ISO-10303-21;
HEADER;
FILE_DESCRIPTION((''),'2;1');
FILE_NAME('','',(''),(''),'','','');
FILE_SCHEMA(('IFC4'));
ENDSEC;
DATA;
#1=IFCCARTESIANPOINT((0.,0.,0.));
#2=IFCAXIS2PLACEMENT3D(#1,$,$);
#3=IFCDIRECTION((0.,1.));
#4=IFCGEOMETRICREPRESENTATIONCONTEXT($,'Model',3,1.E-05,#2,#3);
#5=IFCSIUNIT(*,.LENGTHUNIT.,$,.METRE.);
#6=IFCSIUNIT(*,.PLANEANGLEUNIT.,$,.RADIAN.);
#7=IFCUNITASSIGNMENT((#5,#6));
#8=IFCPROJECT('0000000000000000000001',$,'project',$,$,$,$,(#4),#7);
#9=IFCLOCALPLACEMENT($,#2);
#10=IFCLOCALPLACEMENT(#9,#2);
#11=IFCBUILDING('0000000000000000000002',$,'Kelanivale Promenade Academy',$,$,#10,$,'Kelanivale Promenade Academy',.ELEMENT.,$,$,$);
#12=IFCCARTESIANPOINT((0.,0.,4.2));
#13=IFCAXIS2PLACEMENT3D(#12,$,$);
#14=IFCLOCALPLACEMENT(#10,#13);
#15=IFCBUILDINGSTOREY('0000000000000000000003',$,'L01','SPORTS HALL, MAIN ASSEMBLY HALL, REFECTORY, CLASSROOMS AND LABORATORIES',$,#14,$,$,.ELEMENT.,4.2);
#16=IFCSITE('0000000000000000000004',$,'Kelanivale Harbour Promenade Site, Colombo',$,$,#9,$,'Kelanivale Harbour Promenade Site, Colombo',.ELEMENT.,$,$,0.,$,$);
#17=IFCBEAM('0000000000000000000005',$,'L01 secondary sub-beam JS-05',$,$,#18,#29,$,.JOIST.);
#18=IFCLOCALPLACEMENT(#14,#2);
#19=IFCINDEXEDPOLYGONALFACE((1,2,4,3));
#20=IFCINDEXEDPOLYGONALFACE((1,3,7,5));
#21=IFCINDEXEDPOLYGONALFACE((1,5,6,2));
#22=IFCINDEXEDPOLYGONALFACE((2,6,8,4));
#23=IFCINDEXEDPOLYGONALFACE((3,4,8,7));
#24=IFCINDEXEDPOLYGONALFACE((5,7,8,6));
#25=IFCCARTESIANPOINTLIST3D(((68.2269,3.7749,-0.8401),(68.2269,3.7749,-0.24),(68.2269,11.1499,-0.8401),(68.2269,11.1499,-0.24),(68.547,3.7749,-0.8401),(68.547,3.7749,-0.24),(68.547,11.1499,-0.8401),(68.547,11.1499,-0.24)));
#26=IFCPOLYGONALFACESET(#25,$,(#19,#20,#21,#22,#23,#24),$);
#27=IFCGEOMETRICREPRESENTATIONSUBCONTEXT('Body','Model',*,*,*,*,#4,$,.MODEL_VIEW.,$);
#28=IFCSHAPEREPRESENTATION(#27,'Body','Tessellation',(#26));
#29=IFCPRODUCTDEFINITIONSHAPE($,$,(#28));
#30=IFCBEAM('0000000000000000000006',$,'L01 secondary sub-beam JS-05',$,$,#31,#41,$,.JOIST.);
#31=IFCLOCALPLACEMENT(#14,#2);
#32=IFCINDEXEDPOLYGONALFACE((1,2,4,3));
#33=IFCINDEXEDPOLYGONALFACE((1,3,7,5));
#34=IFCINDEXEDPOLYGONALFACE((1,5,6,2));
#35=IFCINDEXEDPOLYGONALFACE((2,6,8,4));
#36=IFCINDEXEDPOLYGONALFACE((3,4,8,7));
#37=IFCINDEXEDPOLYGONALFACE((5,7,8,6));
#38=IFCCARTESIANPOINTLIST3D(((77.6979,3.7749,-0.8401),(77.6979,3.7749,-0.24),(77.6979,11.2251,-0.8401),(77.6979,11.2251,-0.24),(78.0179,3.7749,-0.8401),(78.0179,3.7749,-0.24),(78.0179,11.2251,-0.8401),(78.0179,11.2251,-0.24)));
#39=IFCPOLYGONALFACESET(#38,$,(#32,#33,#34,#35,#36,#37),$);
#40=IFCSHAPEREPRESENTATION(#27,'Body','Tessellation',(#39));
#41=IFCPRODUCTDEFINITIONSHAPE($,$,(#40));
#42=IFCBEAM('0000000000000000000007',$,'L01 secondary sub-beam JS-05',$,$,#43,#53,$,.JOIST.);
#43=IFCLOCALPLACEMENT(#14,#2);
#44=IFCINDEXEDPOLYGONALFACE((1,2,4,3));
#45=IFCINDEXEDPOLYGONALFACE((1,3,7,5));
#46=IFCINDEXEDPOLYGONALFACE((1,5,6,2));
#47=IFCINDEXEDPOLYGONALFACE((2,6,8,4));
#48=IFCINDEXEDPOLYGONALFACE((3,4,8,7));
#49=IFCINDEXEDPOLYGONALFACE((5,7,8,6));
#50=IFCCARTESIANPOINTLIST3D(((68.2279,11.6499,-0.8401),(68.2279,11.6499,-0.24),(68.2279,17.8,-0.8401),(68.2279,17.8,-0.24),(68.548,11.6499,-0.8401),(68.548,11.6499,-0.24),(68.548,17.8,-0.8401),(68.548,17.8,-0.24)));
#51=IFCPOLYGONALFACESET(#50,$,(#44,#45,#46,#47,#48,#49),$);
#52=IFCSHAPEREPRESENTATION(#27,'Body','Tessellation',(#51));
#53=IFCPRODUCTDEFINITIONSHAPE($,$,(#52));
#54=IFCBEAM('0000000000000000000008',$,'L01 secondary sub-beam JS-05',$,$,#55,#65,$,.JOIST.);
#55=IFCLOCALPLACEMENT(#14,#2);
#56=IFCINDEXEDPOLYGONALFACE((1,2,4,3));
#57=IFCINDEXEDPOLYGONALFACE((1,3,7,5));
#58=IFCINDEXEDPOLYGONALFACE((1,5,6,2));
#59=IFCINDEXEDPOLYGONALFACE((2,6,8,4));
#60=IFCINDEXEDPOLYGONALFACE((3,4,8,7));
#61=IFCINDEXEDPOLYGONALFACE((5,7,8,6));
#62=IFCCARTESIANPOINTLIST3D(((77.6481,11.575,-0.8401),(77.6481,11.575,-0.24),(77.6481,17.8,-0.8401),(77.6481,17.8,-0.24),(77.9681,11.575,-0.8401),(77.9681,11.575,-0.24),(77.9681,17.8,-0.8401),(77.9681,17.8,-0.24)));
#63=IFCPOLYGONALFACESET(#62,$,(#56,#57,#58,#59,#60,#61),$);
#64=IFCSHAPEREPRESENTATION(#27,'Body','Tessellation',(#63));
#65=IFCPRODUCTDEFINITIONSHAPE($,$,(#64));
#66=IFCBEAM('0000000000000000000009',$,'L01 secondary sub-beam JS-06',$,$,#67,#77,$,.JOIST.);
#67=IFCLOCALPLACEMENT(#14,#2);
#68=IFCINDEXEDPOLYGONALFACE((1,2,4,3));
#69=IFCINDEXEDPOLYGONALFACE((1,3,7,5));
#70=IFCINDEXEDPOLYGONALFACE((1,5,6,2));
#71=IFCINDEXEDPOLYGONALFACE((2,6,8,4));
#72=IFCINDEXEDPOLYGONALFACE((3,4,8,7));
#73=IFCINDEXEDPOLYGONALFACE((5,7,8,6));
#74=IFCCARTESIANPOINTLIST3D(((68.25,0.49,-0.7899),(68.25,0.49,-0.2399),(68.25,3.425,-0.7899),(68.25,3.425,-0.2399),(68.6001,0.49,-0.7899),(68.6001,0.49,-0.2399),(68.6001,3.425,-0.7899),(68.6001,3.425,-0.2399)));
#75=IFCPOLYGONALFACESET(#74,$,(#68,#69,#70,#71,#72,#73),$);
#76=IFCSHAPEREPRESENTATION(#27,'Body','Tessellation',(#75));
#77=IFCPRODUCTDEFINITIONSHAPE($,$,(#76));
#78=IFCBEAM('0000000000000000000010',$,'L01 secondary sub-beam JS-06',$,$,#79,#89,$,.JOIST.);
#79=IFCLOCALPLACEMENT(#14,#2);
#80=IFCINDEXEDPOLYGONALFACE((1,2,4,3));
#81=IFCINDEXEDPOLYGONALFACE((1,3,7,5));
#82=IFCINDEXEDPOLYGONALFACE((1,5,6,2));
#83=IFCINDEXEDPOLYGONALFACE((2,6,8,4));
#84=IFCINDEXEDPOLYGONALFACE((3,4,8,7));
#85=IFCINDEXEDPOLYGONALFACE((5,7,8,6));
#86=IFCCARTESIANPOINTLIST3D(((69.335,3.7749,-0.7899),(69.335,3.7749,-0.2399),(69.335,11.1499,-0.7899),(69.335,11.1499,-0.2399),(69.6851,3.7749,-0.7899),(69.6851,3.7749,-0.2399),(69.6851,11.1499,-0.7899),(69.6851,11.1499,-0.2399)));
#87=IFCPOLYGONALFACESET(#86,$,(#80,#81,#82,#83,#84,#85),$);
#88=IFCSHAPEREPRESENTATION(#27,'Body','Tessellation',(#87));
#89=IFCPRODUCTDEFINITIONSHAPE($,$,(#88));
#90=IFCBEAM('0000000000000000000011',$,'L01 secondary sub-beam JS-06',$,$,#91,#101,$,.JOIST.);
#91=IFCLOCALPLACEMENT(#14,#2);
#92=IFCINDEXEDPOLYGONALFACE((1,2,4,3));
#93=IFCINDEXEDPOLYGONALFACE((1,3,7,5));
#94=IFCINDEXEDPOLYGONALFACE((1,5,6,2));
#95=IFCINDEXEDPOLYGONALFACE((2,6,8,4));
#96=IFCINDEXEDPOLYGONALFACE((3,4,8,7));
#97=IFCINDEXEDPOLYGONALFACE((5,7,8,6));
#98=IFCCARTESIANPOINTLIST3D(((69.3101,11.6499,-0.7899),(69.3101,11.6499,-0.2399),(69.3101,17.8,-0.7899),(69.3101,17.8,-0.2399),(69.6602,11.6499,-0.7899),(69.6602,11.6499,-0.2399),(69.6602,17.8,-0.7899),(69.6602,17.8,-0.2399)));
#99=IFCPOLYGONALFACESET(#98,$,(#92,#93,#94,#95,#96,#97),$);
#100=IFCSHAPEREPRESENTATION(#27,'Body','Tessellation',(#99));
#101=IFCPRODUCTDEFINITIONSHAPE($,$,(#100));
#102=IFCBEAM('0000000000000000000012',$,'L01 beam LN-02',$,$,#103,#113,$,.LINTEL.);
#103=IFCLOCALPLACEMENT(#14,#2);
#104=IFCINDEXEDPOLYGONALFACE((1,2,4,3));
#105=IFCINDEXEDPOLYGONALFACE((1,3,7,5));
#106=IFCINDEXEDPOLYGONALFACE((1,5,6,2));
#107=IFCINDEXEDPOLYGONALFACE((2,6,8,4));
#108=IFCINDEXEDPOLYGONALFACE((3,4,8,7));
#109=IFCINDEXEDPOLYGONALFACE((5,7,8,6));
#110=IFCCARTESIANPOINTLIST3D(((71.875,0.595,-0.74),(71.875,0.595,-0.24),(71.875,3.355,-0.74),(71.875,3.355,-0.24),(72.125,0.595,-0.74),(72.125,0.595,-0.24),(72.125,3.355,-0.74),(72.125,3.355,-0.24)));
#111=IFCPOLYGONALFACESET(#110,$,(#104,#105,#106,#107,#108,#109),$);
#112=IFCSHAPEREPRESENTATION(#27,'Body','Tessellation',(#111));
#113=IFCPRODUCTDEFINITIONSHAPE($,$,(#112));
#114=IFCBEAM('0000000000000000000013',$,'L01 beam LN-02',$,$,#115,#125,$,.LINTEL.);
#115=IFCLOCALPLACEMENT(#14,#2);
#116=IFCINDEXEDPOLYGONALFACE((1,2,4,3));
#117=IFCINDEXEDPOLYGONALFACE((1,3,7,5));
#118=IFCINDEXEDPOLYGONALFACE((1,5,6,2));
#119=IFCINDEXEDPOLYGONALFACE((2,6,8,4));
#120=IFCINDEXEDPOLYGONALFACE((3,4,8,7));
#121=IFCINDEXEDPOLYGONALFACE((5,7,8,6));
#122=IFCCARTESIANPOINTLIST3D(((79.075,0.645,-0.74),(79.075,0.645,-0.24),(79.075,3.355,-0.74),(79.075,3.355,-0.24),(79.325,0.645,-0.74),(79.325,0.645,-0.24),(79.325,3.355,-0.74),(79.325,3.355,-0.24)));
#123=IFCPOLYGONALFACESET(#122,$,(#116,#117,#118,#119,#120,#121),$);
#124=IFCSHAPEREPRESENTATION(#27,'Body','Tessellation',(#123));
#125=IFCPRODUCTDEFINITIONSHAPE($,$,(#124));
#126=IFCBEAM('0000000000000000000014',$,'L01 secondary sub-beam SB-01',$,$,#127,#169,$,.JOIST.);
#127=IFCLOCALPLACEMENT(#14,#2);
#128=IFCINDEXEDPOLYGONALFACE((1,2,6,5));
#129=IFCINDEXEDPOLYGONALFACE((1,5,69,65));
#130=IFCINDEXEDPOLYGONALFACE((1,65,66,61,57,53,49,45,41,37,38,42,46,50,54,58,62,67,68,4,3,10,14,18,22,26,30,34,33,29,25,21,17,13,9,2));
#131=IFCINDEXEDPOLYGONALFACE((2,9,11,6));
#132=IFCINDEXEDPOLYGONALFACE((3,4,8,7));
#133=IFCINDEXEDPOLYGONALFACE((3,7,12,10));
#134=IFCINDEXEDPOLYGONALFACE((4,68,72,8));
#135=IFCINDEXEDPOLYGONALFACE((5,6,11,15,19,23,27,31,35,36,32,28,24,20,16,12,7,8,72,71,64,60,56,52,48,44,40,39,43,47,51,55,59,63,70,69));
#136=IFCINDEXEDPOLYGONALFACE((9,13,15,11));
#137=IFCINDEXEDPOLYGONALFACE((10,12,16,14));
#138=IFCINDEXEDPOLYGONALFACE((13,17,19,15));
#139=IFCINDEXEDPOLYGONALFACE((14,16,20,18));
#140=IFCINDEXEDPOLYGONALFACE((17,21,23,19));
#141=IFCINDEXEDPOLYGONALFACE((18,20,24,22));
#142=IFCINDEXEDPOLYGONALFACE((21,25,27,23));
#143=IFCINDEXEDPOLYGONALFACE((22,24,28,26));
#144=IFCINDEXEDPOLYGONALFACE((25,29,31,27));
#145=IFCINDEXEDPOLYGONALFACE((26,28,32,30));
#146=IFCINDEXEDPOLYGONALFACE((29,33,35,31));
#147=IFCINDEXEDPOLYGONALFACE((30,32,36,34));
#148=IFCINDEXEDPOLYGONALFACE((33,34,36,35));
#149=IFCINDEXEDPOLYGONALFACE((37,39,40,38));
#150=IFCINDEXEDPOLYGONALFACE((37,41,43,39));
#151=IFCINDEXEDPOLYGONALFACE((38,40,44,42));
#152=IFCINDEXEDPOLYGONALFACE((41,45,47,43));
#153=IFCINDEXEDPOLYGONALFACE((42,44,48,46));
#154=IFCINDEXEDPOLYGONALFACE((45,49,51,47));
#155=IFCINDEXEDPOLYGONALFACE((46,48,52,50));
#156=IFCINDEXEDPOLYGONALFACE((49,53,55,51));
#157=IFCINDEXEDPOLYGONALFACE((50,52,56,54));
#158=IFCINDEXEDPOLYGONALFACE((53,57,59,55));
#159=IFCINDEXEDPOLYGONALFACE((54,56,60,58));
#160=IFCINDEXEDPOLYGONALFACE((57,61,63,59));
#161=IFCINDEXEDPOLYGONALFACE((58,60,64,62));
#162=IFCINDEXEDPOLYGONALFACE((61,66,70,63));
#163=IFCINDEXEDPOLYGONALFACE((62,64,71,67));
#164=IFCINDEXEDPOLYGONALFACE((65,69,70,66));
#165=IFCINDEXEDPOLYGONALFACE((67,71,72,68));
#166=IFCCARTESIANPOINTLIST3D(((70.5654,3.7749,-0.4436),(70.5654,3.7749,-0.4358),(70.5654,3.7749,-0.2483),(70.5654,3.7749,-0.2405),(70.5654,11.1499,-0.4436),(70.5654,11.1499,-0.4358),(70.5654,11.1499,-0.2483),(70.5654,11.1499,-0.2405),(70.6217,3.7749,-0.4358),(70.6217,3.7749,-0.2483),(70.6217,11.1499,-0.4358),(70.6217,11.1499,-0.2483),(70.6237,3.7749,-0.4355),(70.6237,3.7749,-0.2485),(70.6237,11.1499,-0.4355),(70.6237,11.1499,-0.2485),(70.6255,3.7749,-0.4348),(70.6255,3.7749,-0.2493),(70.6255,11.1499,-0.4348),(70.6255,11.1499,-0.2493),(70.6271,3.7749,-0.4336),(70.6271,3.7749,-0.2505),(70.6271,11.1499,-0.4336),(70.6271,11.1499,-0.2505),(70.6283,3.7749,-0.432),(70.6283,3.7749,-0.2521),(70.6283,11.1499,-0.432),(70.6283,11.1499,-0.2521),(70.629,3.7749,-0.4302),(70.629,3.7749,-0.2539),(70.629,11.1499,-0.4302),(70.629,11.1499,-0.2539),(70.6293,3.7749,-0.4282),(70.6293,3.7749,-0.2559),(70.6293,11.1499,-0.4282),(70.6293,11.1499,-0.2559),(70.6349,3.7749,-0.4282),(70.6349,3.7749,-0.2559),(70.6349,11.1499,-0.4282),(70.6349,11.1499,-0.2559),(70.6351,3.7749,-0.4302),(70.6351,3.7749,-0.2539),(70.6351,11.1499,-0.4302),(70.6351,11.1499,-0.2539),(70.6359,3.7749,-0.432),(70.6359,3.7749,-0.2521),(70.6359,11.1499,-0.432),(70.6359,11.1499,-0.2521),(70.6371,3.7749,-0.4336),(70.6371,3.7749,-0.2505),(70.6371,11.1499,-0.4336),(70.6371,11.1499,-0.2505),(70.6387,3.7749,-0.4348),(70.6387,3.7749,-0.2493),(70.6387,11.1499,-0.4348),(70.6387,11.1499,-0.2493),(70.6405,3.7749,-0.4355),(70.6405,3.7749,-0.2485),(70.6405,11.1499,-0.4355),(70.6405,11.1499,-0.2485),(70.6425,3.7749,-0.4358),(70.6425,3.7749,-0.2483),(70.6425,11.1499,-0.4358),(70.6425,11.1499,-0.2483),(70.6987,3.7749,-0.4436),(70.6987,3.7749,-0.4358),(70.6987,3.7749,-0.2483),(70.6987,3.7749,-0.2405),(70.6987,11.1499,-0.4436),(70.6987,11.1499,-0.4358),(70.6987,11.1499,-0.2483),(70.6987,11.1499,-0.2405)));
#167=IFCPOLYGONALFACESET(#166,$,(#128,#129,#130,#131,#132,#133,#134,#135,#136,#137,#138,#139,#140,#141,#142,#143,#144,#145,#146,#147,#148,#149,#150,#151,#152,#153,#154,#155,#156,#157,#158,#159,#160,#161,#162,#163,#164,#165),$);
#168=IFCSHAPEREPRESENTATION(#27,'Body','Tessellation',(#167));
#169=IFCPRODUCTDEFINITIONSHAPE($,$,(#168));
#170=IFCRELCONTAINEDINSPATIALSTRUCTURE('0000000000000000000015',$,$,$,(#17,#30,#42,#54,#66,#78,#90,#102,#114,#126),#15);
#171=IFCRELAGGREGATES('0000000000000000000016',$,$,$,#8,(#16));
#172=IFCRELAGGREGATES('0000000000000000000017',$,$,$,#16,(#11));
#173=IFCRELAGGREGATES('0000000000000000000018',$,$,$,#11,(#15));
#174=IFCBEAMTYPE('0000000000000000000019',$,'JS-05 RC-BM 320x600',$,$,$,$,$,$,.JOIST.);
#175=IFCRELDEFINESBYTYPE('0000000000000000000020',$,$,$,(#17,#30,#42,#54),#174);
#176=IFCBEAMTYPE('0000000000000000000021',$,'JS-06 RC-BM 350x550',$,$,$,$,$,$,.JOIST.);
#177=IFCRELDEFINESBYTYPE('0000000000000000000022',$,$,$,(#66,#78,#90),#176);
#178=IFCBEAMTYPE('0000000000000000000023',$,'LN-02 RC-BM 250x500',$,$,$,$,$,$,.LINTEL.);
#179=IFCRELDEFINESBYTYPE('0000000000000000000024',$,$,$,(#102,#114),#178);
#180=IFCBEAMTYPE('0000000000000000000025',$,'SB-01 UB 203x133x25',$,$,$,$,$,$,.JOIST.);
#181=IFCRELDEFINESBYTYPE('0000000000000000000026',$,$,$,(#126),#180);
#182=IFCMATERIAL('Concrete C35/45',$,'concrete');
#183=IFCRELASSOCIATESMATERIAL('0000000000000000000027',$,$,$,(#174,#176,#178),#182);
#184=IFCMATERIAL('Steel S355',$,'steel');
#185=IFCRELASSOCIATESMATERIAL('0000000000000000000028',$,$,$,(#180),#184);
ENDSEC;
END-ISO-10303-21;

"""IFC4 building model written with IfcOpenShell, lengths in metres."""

from ifc_helpers import new_model, si_unit, direction, frame, origin, origin_2d, place, context, subcontext, project, spatial, rectangle, i_section, extrude, material, material_profile, profile_set, type_object, element, save


model = new_model("IFC4")

# Units and contexts
model_context = context("Model", 3, precision=1e-05, world=origin(), true_north=direction((0.0, 1.0)))
body_context = subcontext(model_context, "Body", "Model", "MODEL_VIEW")
ifc_project = project(units=[si_unit("LENGTHUNIT", "METRE"), si_unit("PLANEANGLEUNIT", "RADIAN")], contexts=[model_context])

# Site, building, storey
site_placement = place(None, origin())
site = spatial("IfcSite", under=ifc_project, at=site_placement, Name="Kelanivale Harbour Promenade Site, Colombo", LongName="Kelanivale Harbour Promenade Site, Colombo", CompositionType="ELEMENT", RefElevation=0.0)
building_placement = place(site_placement, origin())
building = spatial("IfcBuilding", under=site, at=building_placement, Name="Kelanivale Promenade Academy", LongName="Kelanivale Promenade Academy", CompositionType="ELEMENT")
storey_placement = place(building_placement, frame((0.0, 0.0, 4.2)))
storey = spatial("IfcBuildingStorey", under=building, at=storey_placement, Name="L01", Description="SPORTS HALL, MAIN ASSEMBLY HALL, REFECTORY, CLASSROOMS AND LABORATORIES", CompositionType="ELEMENT", Elevation=4.2)

# Beams
ifc_material_1 = material(Name="Concrete C35/45", Category="concrete")
ifc_material_profile_1 = material_profile(ifc_material_1, rectangle(XDim=0.3201, YDim=0.6001, at=origin_2d()), Name="RC-BM 320x600")
ifc_profile_set_1 = profile_set([ifc_material_profile_1], Name="Concrete C35/45")
beam_type_1 = type_object("IfcBeamType", Name="JS-05 RC-BM 320x600", PredefinedType="JOIST", material=ifc_profile_set_1)
beam_1_placement = place(storey_placement, frame((68.387, 3.7749, -0.54), z_axis=(0.0, 1.0, 0.0), x_axis=(-1.0, 0.0, 0.0)))
element("IfcBeam", 1, at=beam_1_placement, inside=storey, type_object=beam_type_1, Name="L01 secondary sub-beam JS-05", PredefinedType="JOIST", context=body_context, shape_type="SweptSolid", body=[
    extrude(rectangle(XDim=0.3201, YDim=0.6001, at=origin_2d()), origin(), (0.0, 0.0, 1.0), 7.375),
])
beam_2_placement = place(storey_placement, frame((77.8579, 3.7749, -0.54), z_axis=(0.0, 1.0, 0.0), x_axis=(-1.0, 0.0, 0.0)))
element("IfcBeam", 2, at=beam_2_placement, inside=storey, type_object=beam_type_1, Name="L01 secondary sub-beam JS-05", PredefinedType="JOIST", context=body_context, shape_type="SweptSolid", body=[
    extrude(rectangle(XDim=0.3201, YDim=0.6001, at=origin_2d()), origin(), (0.0, 0.0, 1.0), 7.4502),
])
beam_3_placement = place(storey_placement, frame((68.3879, 11.6499, -0.54), z_axis=(0.0, 1.0, 0.0), x_axis=(-1.0, 0.0, 0.0)))
element("IfcBeam", 3, at=beam_3_placement, inside=storey, type_object=beam_type_1, Name="L01 secondary sub-beam JS-05", PredefinedType="JOIST", context=body_context, shape_type="SweptSolid", body=[
    extrude(rectangle(XDim=0.3201, YDim=0.6001, at=origin_2d()), origin(), (0.0, 0.0, 1.0), 6.1501),
])
beam_4_placement = place(storey_placement, frame((77.8081, 11.575, -0.54), z_axis=(0.0, 1.0, 0.0), x_axis=(-1.0, 0.0, 0.0)))
element("IfcBeam", 4, at=beam_4_placement, inside=storey, type_object=beam_type_1, Name="L01 secondary sub-beam JS-05", PredefinedType="JOIST", context=body_context, shape_type="SweptSolid", body=[
    extrude(rectangle(XDim=0.3201, YDim=0.6001, at=origin_2d()), origin(), (0.0, 0.0, 1.0), 6.2251),
])
ifc_material_profile_2 = material_profile(ifc_material_1, rectangle(XDim=0.3501, YDim=0.55, at=origin_2d()), Name="RC-BM 350x550")
ifc_profile_set_2 = profile_set([ifc_material_profile_2], Name="Concrete C35/45")
beam_type_2 = type_object("IfcBeamType", Name="JS-06 RC-BM 350x550", PredefinedType="JOIST", material=ifc_profile_set_2)
beam_5_placement = place(storey_placement, frame((68.425, 0.49, -0.5149), z_axis=(0.0, 1.0, 0.0), x_axis=(-1.0, 0.0, 0.0)))
element("IfcBeam", 5, at=beam_5_placement, inside=storey, type_object=beam_type_2, Name="L01 secondary sub-beam JS-06", PredefinedType="JOIST", context=body_context, shape_type="SweptSolid", body=[
    extrude(rectangle(XDim=0.3501, YDim=0.55, at=origin_2d()), origin(), (0.0, 0.0, 1.0), 2.9351),
])
beam_6_placement = place(storey_placement, frame((69.51, 3.7749, -0.5149), z_axis=(0.0, 1.0, 0.0), x_axis=(-1.0, 0.0, 0.0)))
element("IfcBeam", 6, at=beam_6_placement, inside=storey, type_object=beam_type_2, Name="L01 secondary sub-beam JS-06", PredefinedType="JOIST", context=body_context, shape_type="SweptSolid", body=[
    extrude(rectangle(XDim=0.3501, YDim=0.55, at=origin_2d()), origin(), (0.0, 0.0, 1.0), 7.375),
])
beam_7_placement = place(storey_placement, frame((69.4851, 11.6499, -0.5149), z_axis=(0.0, 1.0, 0.0), x_axis=(-1.0, 0.0, 0.0)))
element("IfcBeam", 7, at=beam_7_placement, inside=storey, type_object=beam_type_2, Name="L01 secondary sub-beam JS-06", PredefinedType="JOIST", context=body_context, shape_type="SweptSolid", body=[
    extrude(rectangle(XDim=0.3501, YDim=0.55, at=origin_2d()), origin(), (0.0, 0.0, 1.0), 6.1501),
])
ifc_material_profile_3 = material_profile(ifc_material_1, rectangle(XDim=0.25, YDim=0.5, at=origin_2d()), Name="RC-BM 250x500")
ifc_profile_set_3 = profile_set([ifc_material_profile_3], Name="Concrete C35/45")
beam_type_3 = type_object("IfcBeamType", Name="LN-02 RC-BM 250x500", PredefinedType="LINTEL", material=ifc_profile_set_3)
beam_8_placement = place(storey_placement, frame((72.0, 0.595, -0.49), z_axis=(0.0, 1.0, 0.0), x_axis=(-1.0, 0.0, 0.0)))
element("IfcBeam", 8, at=beam_8_placement, inside=storey, type_object=beam_type_3, Name="L01 beam LN-02", PredefinedType="LINTEL", context=body_context, shape_type="SweptSolid", body=[
    extrude(rectangle(XDim=0.25, YDim=0.5, at=origin_2d()), origin(), (0.0, 0.0, 1.0), 2.76),
])
beam_9_placement = place(storey_placement, frame((79.2, 0.645, -0.49), z_axis=(0.0, 1.0, 0.0), x_axis=(-1.0, 0.0, 0.0)))
element("IfcBeam", 9, at=beam_9_placement, inside=storey, type_object=beam_type_3, Name="L01 beam LN-02", PredefinedType="LINTEL", context=body_context, shape_type="SweptSolid", body=[
    extrude(rectangle(XDim=0.25, YDim=0.5, at=origin_2d()), origin(), (0.0, 0.0, 1.0), 2.71),
])
ifc_material_2 = material(Name="Steel S355", Category="steel")
ifc_material_profile_4 = material_profile(ifc_material_2, i_section(OverallWidth=0.1333, OverallDepth=0.2031, WebThickness=0.0056, FlangeThickness=0.0078, FilletRadius=0.0076, at=origin_2d()), Name="UB 203x133x25")
ifc_profile_set_4 = profile_set([ifc_material_profile_4], Name="Steel S355")
beam_type_4 = type_object("IfcBeamType", Name="SB-01 UB 203x133x25", PredefinedType="JOIST", material=ifc_profile_set_4)
beam_10_placement = place(storey_placement, frame((70.6321, 3.7749, -0.342), z_axis=(0.0, 1.0, 0.0), x_axis=(-1.0, 0.0, 0.0)))
element("IfcBeam", 10, at=beam_10_placement, inside=storey, type_object=beam_type_4, Name="L01 secondary sub-beam SB-01", PredefinedType="JOIST", context=body_context, shape_type="SweptSolid", body=[
    extrude(i_section(OverallWidth=0.1333, OverallDepth=0.2031, WebThickness=0.0056, FlangeThickness=0.0078, FilletRadius=0.0076, at=origin_2d()), origin(), (0.0, 0.0, 1.0), 7.375),
])

save(model, "model.ifc")
